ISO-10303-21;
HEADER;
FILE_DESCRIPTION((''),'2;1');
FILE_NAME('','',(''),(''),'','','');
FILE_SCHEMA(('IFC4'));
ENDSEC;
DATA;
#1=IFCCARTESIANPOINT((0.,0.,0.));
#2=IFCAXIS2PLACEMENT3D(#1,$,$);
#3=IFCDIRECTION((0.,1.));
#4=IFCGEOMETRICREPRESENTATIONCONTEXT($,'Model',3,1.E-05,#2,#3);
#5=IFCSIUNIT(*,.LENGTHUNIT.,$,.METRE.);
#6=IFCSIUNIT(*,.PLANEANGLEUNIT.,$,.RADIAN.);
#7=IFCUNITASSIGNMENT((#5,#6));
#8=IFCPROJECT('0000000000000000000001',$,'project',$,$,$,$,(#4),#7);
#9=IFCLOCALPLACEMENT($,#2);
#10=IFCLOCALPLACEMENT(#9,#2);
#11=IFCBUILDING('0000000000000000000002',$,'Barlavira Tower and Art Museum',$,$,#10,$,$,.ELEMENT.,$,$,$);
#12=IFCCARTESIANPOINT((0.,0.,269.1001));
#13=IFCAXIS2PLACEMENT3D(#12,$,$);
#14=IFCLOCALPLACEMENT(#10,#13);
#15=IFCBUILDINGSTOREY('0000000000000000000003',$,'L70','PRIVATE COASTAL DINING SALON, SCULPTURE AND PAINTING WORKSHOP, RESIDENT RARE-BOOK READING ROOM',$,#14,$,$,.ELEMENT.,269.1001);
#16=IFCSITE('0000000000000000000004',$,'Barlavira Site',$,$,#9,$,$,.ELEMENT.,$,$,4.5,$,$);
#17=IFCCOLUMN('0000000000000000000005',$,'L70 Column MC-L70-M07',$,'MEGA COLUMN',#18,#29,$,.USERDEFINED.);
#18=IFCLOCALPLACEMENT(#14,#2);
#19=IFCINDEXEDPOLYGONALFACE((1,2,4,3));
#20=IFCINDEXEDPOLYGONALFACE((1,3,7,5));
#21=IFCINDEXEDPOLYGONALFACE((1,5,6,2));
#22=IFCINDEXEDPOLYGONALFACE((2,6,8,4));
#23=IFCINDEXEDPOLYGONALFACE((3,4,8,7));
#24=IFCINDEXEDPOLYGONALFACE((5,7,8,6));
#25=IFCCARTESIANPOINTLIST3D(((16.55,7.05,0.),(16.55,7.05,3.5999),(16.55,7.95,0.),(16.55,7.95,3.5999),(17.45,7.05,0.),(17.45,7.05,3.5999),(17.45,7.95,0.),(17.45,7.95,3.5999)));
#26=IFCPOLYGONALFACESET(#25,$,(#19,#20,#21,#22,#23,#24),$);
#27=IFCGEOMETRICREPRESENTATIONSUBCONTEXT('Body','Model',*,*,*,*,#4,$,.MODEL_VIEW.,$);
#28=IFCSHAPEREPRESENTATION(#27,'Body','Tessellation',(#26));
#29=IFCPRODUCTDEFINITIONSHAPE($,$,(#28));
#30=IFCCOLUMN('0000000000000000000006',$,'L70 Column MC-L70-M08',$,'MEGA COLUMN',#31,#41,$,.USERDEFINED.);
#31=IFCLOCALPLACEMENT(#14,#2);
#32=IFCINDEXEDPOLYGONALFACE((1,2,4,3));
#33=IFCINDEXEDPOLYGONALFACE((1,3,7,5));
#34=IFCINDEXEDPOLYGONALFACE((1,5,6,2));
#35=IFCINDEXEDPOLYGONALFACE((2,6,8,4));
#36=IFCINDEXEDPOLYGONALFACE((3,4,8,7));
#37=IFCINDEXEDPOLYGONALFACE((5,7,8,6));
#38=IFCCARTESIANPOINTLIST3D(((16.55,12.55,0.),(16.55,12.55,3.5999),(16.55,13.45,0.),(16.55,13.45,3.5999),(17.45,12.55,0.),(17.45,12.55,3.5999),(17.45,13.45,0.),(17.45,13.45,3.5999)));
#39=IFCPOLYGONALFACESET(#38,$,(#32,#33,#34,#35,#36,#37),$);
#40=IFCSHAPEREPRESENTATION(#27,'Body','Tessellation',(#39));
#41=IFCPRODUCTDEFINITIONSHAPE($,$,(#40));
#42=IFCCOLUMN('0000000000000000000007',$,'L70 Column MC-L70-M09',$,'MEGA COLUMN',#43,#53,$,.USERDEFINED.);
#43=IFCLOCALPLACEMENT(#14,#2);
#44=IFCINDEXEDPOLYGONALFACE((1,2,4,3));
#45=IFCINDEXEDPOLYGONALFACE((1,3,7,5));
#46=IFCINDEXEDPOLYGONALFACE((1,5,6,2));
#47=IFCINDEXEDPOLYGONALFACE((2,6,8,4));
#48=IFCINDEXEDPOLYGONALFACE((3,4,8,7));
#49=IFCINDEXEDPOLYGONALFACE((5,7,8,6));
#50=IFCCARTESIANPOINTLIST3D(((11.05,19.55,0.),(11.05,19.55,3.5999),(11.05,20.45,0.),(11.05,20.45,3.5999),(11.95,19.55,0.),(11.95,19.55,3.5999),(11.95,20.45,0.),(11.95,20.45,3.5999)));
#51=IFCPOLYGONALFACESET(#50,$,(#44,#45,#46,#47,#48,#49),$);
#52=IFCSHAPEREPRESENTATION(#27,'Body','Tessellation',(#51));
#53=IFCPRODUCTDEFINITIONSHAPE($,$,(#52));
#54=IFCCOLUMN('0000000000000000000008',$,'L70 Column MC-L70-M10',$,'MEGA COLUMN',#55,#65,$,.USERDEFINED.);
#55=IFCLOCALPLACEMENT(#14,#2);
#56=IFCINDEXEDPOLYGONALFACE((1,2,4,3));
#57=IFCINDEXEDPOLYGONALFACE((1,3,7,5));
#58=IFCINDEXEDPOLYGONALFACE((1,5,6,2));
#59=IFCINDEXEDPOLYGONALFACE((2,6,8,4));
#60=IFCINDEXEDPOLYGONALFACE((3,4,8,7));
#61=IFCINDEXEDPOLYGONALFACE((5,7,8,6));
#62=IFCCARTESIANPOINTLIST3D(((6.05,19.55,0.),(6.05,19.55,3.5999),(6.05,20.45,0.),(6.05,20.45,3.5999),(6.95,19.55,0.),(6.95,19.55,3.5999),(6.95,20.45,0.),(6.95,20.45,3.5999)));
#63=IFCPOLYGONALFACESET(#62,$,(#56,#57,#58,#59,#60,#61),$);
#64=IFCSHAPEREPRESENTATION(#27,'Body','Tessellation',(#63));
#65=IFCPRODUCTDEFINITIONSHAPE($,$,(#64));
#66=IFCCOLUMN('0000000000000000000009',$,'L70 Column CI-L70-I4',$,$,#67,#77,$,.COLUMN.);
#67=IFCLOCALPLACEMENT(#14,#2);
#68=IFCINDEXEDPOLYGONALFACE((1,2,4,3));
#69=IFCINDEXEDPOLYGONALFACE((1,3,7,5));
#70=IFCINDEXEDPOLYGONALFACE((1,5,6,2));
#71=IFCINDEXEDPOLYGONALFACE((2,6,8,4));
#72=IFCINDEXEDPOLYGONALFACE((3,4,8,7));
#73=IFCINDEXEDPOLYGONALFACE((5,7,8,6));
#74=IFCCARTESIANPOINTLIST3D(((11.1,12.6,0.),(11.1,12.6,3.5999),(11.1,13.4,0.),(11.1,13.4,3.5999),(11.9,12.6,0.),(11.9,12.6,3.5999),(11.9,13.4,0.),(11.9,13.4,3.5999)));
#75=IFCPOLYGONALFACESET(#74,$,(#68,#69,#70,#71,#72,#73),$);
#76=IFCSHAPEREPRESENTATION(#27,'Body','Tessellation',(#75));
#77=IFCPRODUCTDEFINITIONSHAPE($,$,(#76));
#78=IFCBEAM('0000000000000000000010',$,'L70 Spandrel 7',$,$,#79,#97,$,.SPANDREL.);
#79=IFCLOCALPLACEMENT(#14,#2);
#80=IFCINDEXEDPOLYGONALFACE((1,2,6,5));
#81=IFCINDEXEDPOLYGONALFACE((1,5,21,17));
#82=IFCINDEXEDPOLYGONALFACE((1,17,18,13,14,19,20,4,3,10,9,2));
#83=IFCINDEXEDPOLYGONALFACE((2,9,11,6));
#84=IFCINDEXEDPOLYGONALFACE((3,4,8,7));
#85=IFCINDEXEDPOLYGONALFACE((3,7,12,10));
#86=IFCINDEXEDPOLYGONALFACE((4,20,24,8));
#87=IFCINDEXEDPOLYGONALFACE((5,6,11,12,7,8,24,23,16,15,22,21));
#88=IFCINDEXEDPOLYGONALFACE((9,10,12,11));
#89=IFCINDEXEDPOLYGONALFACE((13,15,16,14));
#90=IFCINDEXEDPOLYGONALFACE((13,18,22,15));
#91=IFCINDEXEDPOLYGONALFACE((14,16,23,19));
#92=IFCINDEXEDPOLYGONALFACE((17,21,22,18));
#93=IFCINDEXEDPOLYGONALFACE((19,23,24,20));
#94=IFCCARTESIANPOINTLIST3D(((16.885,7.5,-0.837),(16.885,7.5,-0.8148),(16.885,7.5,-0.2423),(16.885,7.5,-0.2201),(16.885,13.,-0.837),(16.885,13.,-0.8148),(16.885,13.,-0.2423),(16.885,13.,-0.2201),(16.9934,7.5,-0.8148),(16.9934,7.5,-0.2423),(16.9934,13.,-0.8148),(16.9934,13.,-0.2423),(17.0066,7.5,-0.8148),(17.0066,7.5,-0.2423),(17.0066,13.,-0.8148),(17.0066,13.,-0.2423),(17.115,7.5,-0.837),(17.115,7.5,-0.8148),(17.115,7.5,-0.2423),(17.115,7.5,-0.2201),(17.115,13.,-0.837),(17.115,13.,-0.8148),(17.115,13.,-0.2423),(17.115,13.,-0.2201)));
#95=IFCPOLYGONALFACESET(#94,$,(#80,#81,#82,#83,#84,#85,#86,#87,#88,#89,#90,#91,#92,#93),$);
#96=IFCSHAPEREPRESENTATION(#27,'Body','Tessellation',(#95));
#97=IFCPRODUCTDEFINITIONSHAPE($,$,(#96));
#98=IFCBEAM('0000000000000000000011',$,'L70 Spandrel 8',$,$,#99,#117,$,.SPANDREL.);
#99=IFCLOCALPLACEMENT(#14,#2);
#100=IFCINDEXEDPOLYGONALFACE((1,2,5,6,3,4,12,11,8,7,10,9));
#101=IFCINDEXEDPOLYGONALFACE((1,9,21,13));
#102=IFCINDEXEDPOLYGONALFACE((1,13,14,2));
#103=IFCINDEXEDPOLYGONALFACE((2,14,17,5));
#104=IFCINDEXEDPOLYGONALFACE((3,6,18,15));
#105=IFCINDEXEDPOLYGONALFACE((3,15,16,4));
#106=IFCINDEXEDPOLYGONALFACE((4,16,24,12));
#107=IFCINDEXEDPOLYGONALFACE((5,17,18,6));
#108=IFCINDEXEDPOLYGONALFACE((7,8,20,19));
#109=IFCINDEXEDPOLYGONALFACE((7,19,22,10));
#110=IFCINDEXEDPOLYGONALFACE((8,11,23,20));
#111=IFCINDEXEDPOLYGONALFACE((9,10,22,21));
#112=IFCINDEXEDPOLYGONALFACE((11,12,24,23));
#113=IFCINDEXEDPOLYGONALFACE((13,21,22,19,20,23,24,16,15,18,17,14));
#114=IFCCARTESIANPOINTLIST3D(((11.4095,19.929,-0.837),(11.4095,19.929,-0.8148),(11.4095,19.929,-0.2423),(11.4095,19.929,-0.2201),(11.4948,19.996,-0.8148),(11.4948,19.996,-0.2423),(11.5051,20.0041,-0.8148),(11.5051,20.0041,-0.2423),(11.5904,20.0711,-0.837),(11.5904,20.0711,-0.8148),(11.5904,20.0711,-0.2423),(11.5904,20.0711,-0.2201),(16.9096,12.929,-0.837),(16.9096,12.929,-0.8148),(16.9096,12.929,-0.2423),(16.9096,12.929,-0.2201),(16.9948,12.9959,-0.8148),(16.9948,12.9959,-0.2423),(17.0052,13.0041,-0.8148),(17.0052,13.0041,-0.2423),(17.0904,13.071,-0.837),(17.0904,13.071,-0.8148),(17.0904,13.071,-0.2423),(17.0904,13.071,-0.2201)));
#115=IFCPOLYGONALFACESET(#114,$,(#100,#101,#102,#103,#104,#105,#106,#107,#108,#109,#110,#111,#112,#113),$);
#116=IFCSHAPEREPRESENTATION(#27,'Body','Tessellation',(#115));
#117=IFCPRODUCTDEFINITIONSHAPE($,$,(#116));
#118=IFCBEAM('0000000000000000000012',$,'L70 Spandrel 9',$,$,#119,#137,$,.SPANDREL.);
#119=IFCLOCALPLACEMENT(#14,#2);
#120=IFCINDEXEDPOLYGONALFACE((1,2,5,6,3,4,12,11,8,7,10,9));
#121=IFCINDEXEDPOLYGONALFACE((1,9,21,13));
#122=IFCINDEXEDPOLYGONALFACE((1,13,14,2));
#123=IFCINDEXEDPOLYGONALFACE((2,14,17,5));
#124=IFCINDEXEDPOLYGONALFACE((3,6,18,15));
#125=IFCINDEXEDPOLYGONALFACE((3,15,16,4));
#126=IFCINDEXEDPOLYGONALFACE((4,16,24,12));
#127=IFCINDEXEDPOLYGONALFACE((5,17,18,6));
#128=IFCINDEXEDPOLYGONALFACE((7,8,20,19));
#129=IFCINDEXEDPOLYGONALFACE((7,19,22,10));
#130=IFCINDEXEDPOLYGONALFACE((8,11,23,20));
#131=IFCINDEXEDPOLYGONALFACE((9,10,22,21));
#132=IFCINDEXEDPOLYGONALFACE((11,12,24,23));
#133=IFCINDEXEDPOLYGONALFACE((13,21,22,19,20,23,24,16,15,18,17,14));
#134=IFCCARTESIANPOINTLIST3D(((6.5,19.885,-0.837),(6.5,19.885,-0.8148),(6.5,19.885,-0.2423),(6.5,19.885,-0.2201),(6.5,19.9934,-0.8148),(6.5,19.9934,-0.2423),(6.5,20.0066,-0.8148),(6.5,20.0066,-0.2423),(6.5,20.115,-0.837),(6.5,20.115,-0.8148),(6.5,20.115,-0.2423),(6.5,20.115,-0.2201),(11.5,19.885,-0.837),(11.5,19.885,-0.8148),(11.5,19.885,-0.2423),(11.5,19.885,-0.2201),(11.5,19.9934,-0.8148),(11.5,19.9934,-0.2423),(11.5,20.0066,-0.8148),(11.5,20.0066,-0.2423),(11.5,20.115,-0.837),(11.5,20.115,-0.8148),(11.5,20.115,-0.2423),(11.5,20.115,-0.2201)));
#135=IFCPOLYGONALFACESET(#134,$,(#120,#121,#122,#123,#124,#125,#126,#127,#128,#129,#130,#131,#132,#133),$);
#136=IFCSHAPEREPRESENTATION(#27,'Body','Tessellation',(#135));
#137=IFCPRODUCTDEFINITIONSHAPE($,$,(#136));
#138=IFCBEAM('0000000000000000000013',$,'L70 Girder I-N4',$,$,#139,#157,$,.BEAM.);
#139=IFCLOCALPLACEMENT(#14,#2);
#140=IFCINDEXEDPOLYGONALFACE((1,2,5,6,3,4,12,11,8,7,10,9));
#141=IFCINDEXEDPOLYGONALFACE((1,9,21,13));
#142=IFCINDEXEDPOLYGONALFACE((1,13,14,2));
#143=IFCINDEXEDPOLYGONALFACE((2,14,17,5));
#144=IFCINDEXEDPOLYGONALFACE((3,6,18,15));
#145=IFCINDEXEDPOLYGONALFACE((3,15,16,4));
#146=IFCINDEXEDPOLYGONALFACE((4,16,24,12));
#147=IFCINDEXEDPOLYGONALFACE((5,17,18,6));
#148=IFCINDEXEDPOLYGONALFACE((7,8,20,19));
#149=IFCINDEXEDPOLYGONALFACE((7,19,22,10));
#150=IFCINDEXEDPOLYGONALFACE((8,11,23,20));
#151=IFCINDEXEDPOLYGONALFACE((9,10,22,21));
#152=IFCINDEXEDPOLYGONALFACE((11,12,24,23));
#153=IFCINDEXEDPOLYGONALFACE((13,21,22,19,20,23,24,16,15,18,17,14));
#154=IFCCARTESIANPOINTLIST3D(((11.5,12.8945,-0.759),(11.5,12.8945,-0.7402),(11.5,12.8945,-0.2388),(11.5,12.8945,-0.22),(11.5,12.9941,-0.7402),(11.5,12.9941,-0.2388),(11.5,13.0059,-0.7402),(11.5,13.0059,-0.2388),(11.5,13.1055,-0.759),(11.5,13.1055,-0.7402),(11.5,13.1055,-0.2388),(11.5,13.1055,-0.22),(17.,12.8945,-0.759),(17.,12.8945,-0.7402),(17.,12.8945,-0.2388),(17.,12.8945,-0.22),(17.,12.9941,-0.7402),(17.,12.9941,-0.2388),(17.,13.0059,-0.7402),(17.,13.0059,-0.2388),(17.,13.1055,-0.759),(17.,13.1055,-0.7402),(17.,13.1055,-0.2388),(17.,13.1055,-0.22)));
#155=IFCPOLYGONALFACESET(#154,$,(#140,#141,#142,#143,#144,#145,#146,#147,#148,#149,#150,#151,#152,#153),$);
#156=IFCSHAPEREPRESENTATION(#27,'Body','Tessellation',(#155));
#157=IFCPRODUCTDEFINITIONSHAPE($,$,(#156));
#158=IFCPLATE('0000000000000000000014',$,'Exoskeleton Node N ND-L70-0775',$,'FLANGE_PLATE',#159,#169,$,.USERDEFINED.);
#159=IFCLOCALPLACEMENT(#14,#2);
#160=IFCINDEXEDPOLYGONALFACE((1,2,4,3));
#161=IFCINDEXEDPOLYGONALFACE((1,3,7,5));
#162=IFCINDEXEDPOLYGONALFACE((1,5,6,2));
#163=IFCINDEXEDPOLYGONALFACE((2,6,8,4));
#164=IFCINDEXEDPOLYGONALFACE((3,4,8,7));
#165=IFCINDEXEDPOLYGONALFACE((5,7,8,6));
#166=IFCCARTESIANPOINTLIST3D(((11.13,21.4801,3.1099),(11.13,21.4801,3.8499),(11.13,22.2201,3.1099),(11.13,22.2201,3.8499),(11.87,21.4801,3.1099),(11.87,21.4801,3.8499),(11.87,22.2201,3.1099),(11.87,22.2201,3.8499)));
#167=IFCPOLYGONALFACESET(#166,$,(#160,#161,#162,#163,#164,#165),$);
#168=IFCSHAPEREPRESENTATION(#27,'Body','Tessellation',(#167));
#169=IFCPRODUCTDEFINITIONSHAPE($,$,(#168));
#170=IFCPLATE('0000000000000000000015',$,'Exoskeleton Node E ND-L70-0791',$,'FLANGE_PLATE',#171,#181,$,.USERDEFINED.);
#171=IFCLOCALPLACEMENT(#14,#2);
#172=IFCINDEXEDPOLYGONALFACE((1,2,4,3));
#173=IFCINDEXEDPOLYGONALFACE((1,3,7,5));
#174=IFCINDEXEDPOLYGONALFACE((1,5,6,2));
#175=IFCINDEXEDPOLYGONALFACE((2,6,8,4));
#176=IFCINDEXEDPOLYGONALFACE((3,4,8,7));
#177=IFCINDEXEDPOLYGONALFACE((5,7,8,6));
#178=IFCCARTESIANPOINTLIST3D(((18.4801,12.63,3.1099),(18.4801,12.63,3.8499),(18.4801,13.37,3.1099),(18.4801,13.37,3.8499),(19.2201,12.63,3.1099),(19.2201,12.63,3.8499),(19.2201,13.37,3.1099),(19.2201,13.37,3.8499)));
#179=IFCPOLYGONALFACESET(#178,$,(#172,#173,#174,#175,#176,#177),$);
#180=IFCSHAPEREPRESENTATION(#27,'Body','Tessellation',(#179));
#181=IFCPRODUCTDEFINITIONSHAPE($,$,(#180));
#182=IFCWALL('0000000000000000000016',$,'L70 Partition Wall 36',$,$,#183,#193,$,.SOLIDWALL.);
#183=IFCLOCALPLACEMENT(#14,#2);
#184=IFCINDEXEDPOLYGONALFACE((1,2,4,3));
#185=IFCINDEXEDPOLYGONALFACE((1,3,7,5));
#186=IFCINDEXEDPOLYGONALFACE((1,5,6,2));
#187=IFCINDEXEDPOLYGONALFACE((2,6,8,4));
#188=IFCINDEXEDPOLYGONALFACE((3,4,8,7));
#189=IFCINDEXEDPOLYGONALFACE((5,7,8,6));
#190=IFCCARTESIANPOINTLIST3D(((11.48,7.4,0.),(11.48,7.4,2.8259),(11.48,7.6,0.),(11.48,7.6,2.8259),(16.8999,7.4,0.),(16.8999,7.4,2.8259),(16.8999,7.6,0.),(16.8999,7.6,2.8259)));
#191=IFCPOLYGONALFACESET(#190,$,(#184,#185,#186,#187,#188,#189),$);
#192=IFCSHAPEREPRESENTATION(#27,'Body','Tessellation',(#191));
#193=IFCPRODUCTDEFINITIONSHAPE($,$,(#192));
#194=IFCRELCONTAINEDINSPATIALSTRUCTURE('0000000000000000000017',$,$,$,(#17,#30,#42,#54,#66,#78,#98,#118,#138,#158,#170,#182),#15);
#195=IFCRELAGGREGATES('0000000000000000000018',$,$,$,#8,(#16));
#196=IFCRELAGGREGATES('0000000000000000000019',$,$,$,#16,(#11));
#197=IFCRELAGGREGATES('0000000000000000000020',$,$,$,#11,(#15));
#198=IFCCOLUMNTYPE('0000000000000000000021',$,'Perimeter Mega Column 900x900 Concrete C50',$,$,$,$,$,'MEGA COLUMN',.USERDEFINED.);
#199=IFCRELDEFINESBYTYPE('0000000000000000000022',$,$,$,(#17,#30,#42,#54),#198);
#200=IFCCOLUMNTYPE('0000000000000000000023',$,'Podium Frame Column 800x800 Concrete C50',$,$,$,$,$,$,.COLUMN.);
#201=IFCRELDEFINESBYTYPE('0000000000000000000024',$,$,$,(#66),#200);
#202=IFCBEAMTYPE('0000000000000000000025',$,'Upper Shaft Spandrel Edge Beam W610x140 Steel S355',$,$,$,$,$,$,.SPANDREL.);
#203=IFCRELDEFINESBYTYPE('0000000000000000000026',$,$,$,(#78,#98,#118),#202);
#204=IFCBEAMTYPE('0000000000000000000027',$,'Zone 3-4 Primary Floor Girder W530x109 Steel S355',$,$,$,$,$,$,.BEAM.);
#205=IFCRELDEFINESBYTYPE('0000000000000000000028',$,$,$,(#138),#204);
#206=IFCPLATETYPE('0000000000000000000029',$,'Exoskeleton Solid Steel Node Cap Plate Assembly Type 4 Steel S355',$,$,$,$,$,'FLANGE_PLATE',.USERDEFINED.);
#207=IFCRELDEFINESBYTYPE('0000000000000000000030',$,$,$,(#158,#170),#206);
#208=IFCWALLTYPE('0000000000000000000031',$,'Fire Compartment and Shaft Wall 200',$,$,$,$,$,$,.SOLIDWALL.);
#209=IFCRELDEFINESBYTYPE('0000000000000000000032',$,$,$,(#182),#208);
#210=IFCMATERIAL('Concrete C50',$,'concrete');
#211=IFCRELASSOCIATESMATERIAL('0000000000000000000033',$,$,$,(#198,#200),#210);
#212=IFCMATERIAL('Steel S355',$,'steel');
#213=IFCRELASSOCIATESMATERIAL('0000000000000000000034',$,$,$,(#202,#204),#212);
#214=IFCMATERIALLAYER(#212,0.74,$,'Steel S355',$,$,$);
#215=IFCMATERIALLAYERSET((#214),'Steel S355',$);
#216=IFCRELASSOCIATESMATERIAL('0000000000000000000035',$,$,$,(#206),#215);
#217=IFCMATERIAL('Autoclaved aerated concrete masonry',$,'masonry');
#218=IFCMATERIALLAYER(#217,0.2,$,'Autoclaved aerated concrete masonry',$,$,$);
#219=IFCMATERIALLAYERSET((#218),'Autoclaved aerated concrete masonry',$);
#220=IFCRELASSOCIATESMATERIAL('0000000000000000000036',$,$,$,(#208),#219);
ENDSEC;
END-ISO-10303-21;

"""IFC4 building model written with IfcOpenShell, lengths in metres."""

from ifc_helpers import new_model, si_unit, direction, frame, frame_2d, origin, origin_2d, place, context, subcontext, project, spatial, rectangle, i_section, extrude, material, layer, layer_set, material_profile, profile_set, type_object, element, save


model = new_model("IFC4")

# Units and contexts
model_context = context("Model", 3, precision=1e-05, world=origin(), true_north=direction((0.0, 1.0)))
body_context = subcontext(model_context, "Body", "Model", "MODEL_VIEW")
ifc_project = project(units=[si_unit("LENGTHUNIT", "METRE"), si_unit("PLANEANGLEUNIT", "RADIAN")], contexts=[model_context])

# Site, building, storey
site_placement = place(None, origin())
site = spatial("IfcSite", under=ifc_project, at=site_placement, Name="Barlavira Site", CompositionType="ELEMENT", RefElevation=4.5)
building_placement = place(site_placement, origin())
building = spatial("IfcBuilding", under=site, at=building_placement, Name="Barlavira Tower and Art Museum", CompositionType="ELEMENT")
storey_placement = place(building_placement, frame((0.0, 0.0, 269.1001)))
storey = spatial("IfcBuildingStorey", under=building, at=storey_placement, Name="L70", Description="PRIVATE COASTAL DINING SALON, SCULPTURE AND PAINTING WORKSHOP, RESIDENT RARE-BOOK READING ROOM", CompositionType="ELEMENT", Elevation=269.1001)

# Columns
ifc_material_1 = material(Name="Concrete C50", Category="concrete")
ifc_material_profile_1 = material_profile(ifc_material_1, rectangle(XDim=0.8999, YDim=0.8999, at=origin_2d()), Name="RC-COL 900x900")
ifc_profile_set_1 = profile_set([ifc_material_profile_1], Name="Concrete C50")
column_type_1 = type_object("IfcColumnType", Name="Perimeter Mega Column 900x900 Concrete C50", ElementType="MEGA COLUMN", PredefinedType="USERDEFINED", material=ifc_profile_set_1)
for number, where, z_axis, x_axis, name in (
    (1, (17.0, 7.5, 0.0), (0.0, 0.0, 1.0), (1.0, 0.0, 0.0), "L70 Column MC-L70-M07"),
    (2, (17.0, 13.0, 0.0), (0.0, 0.0, 1.0), (1.0, 0.0, 0.0), "L70 Column MC-L70-M08"),
    (3, (11.5, 20.0, 0.0), (0.0, 0.0, 1.0), (1.0, 0.0, 0.0), "L70 Column MC-L70-M09"),
    (4, (6.5, 20.0, 0.0), (0.0, 0.0, 1.0), (1.0, 0.0, 0.0), "L70 Column MC-L70-M10"),
):
    element("IfcColumn", number, at=place(storey_placement, frame(where, z_axis=z_axis, x_axis=x_axis)), inside=storey, type_object=column_type_1, Name=name, ObjectType="MEGA COLUMN", PredefinedType="USERDEFINED", context=body_context, shape_type="SweptSolid", body=[
        extrude(rectangle(XDim=0.8999, YDim=0.8999, at=origin_2d()), origin(), (0.0, 0.0, 1.0), 3.5999),
    ])
ifc_material_profile_2 = material_profile(ifc_material_1, rectangle(XDim=0.8, YDim=0.8, at=origin_2d()), Name="RC-COL 800x800")
ifc_profile_set_2 = profile_set([ifc_material_profile_2], Name="Concrete C50")
column_type_2 = type_object("IfcColumnType", Name="Podium Frame Column 800x800 Concrete C50", PredefinedType="COLUMN", material=ifc_profile_set_2)
column_placement = place(storey_placement, frame((11.5, 13.0, 0.0), z_axis=(0.0, 0.0, 1.0), x_axis=(1.0, 0.0, 0.0)))
element("IfcColumn", 5, at=column_placement, inside=storey, type_object=column_type_2, Name="L70 Column CI-L70-I4", PredefinedType="COLUMN", context=body_context, shape_type="SweptSolid", body=[
    extrude(rectangle(XDim=0.8, YDim=0.8, at=origin_2d()), origin(), (0.0, 0.0, 1.0), 3.5999),
])

# Beams
ifc_material_2 = material(Name="Steel S355", Category="steel")
ifc_material_profile_3 = material_profile(ifc_material_2, i_section(OverallWidth=0.23, OverallDepth=0.6169, WebThickness=0.0132, FlangeThickness=0.0222, at=origin_2d()), Name="W610x140.0")
ifc_profile_set_3 = profile_set([ifc_material_profile_3], Name="Steel S355")
beam_type_1 = type_object("IfcBeamType", Name="Upper Shaft Spandrel Edge Beam W610x140 Steel S355", PredefinedType="SPANDREL", material=ifc_profile_set_3)
beam_1_placement = place(storey_placement, frame((17.0, 7.5, -0.5286), z_axis=(0.0, 1.0, 0.0), x_axis=(-1.0, 0.0, 0.0)))
element("IfcBeam", 6, at=beam_1_placement, inside=storey, type_object=beam_type_1, Name="L70 Spandrel 7", PredefinedType="SPANDREL", context=body_context, shape_type="SweptSolid", body=[
    extrude(i_section(OverallWidth=0.23, OverallDepth=0.6169, WebThickness=0.0132, FlangeThickness=0.0222, at=origin_2d()), origin(), (0.0, 0.0, 1.0), 5.5),
])
beam_2_placement = place(storey_placement, frame((17.0, 13.0, -0.5286), z_axis=(-0.617822, 0.786318, 0.0), x_axis=(-0.786318, -0.617822, 0.0)))
element("IfcBeam", 7, at=beam_2_placement, inside=storey, type_object=beam_type_1, Name="L70 Spandrel 8", PredefinedType="SPANDREL", context=body_context, shape_type="SweptSolid", body=[
    extrude(i_section(OverallWidth=0.23, OverallDepth=0.6169, WebThickness=0.0132, FlangeThickness=0.0222, at=origin_2d()), origin(), (0.0, 0.0, 1.0), 8.9023),
])
beam_3_placement = place(storey_placement, frame((6.5, 20.0, -0.5286), z_axis=(1.0, 0.0, 0.0), x_axis=(0.0, 1.0, 0.0)))
element("IfcBeam", 8, at=beam_3_placement, inside=storey, type_object=beam_type_1, Name="L70 Spandrel 9", PredefinedType="SPANDREL", context=body_context, shape_type="SweptSolid", body=[
    extrude(i_section(OverallWidth=0.23, OverallDepth=0.6169, WebThickness=0.0132, FlangeThickness=0.0222, at=origin_2d()), origin(), (0.0, 0.0, 1.0), 5.0),
])
ifc_material_profile_4 = material_profile(ifc_material_2, i_section(OverallWidth=0.2109, OverallDepth=0.5391, WebThickness=0.0117, FlangeThickness=0.0188, at=origin_2d()), Name="W530x109.0")
ifc_profile_set_4 = profile_set([ifc_material_profile_4], Name="Steel S355")
beam_type_2 = type_object("IfcBeamType", Name="Zone 3-4 Primary Floor Girder W530x109 Steel S355", PredefinedType="BEAM", material=ifc_profile_set_4)
beam_4_placement = place(storey_placement, frame((11.5, 13.0, -0.4895), z_axis=(1.0, 0.0, 0.0), x_axis=(0.0, 1.0, 0.0)))
element("IfcBeam", 9, at=beam_4_placement, inside=storey, type_object=beam_type_2, Name="L70 Girder I-N4", PredefinedType="BEAM", context=body_context, shape_type="SweptSolid", body=[
    extrude(i_section(OverallWidth=0.2109, OverallDepth=0.5391, WebThickness=0.0117, FlangeThickness=0.0188, at=origin_2d()), origin(), (0.0, 0.0, 1.0), 5.5),
])

# Plates
ifc_layer_1 = layer(ifc_material_2, 0.74, Name="Steel S355")
ifc_layer_set_1 = layer_set([ifc_layer_1], Name="Steel S355")
plate_type = type_object("IfcPlateType", Name="Exoskeleton Solid Steel Node Cap Plate Assembly Type 4 Steel S355", ElementType="FLANGE_PLATE", PredefinedType="USERDEFINED", material=ifc_layer_set_1)
for number, where, z_axis, x_axis, name in (
    (10, (11.5, 21.8501, 3.1099), (0.0, 0.0, 1.0), (1.0, 0.0, 0.0), "Exoskeleton Node N ND-L70-0775"),
    (11, (18.8501, 13.0, 3.1099), (0.0, 0.0, 1.0), (1.0, 0.0, 0.0), "Exoskeleton Node E ND-L70-0791"),
):
    element("IfcPlate", number, at=place(storey_placement, frame(where, z_axis=z_axis, x_axis=x_axis)), inside=storey, type_object=plate_type, Name=name, ObjectType="FLANGE_PLATE", PredefinedType="USERDEFINED", context=body_context, shape_type="SweptSolid", body=[
        extrude(rectangle(XDim=0.74, YDim=0.74, at=origin_2d()), origin(), (0.0, 0.0, 1.0), 0.74),
    ])

# Wall
ifc_material_3 = material(Name="Autoclaved aerated concrete masonry", Category="masonry")
ifc_layer_2 = layer(ifc_material_3, 0.2, Name="Autoclaved aerated concrete masonry")
ifc_layer_set_2 = layer_set([ifc_layer_2], Name="Autoclaved aerated concrete masonry")
wall_type_1 = type_object("IfcWallType", Name="Fire Compartment and Shaft Wall 200", PredefinedType="SOLIDWALL", material=ifc_layer_set_2)
wall_1_placement = place(storey_placement, frame((11.48, 7.5, 0.0), z_axis=(0.0, 0.0, 1.0), x_axis=(1.0, 0.0, 0.0)))
element("IfcWall", 12, at=wall_1_placement, inside=storey, type_object=wall_type_1, Name="L70 Partition Wall 36", PredefinedType="SOLIDWALL", context=body_context, shape_type="SweptSolid", body=[
    extrude(rectangle(XDim=5.4199, YDim=0.2, at=frame_2d((2.71, 0.0))), origin(), (0.0, 0.0, 1.0), 2.8259),
])

save(model, "model.ifc")
